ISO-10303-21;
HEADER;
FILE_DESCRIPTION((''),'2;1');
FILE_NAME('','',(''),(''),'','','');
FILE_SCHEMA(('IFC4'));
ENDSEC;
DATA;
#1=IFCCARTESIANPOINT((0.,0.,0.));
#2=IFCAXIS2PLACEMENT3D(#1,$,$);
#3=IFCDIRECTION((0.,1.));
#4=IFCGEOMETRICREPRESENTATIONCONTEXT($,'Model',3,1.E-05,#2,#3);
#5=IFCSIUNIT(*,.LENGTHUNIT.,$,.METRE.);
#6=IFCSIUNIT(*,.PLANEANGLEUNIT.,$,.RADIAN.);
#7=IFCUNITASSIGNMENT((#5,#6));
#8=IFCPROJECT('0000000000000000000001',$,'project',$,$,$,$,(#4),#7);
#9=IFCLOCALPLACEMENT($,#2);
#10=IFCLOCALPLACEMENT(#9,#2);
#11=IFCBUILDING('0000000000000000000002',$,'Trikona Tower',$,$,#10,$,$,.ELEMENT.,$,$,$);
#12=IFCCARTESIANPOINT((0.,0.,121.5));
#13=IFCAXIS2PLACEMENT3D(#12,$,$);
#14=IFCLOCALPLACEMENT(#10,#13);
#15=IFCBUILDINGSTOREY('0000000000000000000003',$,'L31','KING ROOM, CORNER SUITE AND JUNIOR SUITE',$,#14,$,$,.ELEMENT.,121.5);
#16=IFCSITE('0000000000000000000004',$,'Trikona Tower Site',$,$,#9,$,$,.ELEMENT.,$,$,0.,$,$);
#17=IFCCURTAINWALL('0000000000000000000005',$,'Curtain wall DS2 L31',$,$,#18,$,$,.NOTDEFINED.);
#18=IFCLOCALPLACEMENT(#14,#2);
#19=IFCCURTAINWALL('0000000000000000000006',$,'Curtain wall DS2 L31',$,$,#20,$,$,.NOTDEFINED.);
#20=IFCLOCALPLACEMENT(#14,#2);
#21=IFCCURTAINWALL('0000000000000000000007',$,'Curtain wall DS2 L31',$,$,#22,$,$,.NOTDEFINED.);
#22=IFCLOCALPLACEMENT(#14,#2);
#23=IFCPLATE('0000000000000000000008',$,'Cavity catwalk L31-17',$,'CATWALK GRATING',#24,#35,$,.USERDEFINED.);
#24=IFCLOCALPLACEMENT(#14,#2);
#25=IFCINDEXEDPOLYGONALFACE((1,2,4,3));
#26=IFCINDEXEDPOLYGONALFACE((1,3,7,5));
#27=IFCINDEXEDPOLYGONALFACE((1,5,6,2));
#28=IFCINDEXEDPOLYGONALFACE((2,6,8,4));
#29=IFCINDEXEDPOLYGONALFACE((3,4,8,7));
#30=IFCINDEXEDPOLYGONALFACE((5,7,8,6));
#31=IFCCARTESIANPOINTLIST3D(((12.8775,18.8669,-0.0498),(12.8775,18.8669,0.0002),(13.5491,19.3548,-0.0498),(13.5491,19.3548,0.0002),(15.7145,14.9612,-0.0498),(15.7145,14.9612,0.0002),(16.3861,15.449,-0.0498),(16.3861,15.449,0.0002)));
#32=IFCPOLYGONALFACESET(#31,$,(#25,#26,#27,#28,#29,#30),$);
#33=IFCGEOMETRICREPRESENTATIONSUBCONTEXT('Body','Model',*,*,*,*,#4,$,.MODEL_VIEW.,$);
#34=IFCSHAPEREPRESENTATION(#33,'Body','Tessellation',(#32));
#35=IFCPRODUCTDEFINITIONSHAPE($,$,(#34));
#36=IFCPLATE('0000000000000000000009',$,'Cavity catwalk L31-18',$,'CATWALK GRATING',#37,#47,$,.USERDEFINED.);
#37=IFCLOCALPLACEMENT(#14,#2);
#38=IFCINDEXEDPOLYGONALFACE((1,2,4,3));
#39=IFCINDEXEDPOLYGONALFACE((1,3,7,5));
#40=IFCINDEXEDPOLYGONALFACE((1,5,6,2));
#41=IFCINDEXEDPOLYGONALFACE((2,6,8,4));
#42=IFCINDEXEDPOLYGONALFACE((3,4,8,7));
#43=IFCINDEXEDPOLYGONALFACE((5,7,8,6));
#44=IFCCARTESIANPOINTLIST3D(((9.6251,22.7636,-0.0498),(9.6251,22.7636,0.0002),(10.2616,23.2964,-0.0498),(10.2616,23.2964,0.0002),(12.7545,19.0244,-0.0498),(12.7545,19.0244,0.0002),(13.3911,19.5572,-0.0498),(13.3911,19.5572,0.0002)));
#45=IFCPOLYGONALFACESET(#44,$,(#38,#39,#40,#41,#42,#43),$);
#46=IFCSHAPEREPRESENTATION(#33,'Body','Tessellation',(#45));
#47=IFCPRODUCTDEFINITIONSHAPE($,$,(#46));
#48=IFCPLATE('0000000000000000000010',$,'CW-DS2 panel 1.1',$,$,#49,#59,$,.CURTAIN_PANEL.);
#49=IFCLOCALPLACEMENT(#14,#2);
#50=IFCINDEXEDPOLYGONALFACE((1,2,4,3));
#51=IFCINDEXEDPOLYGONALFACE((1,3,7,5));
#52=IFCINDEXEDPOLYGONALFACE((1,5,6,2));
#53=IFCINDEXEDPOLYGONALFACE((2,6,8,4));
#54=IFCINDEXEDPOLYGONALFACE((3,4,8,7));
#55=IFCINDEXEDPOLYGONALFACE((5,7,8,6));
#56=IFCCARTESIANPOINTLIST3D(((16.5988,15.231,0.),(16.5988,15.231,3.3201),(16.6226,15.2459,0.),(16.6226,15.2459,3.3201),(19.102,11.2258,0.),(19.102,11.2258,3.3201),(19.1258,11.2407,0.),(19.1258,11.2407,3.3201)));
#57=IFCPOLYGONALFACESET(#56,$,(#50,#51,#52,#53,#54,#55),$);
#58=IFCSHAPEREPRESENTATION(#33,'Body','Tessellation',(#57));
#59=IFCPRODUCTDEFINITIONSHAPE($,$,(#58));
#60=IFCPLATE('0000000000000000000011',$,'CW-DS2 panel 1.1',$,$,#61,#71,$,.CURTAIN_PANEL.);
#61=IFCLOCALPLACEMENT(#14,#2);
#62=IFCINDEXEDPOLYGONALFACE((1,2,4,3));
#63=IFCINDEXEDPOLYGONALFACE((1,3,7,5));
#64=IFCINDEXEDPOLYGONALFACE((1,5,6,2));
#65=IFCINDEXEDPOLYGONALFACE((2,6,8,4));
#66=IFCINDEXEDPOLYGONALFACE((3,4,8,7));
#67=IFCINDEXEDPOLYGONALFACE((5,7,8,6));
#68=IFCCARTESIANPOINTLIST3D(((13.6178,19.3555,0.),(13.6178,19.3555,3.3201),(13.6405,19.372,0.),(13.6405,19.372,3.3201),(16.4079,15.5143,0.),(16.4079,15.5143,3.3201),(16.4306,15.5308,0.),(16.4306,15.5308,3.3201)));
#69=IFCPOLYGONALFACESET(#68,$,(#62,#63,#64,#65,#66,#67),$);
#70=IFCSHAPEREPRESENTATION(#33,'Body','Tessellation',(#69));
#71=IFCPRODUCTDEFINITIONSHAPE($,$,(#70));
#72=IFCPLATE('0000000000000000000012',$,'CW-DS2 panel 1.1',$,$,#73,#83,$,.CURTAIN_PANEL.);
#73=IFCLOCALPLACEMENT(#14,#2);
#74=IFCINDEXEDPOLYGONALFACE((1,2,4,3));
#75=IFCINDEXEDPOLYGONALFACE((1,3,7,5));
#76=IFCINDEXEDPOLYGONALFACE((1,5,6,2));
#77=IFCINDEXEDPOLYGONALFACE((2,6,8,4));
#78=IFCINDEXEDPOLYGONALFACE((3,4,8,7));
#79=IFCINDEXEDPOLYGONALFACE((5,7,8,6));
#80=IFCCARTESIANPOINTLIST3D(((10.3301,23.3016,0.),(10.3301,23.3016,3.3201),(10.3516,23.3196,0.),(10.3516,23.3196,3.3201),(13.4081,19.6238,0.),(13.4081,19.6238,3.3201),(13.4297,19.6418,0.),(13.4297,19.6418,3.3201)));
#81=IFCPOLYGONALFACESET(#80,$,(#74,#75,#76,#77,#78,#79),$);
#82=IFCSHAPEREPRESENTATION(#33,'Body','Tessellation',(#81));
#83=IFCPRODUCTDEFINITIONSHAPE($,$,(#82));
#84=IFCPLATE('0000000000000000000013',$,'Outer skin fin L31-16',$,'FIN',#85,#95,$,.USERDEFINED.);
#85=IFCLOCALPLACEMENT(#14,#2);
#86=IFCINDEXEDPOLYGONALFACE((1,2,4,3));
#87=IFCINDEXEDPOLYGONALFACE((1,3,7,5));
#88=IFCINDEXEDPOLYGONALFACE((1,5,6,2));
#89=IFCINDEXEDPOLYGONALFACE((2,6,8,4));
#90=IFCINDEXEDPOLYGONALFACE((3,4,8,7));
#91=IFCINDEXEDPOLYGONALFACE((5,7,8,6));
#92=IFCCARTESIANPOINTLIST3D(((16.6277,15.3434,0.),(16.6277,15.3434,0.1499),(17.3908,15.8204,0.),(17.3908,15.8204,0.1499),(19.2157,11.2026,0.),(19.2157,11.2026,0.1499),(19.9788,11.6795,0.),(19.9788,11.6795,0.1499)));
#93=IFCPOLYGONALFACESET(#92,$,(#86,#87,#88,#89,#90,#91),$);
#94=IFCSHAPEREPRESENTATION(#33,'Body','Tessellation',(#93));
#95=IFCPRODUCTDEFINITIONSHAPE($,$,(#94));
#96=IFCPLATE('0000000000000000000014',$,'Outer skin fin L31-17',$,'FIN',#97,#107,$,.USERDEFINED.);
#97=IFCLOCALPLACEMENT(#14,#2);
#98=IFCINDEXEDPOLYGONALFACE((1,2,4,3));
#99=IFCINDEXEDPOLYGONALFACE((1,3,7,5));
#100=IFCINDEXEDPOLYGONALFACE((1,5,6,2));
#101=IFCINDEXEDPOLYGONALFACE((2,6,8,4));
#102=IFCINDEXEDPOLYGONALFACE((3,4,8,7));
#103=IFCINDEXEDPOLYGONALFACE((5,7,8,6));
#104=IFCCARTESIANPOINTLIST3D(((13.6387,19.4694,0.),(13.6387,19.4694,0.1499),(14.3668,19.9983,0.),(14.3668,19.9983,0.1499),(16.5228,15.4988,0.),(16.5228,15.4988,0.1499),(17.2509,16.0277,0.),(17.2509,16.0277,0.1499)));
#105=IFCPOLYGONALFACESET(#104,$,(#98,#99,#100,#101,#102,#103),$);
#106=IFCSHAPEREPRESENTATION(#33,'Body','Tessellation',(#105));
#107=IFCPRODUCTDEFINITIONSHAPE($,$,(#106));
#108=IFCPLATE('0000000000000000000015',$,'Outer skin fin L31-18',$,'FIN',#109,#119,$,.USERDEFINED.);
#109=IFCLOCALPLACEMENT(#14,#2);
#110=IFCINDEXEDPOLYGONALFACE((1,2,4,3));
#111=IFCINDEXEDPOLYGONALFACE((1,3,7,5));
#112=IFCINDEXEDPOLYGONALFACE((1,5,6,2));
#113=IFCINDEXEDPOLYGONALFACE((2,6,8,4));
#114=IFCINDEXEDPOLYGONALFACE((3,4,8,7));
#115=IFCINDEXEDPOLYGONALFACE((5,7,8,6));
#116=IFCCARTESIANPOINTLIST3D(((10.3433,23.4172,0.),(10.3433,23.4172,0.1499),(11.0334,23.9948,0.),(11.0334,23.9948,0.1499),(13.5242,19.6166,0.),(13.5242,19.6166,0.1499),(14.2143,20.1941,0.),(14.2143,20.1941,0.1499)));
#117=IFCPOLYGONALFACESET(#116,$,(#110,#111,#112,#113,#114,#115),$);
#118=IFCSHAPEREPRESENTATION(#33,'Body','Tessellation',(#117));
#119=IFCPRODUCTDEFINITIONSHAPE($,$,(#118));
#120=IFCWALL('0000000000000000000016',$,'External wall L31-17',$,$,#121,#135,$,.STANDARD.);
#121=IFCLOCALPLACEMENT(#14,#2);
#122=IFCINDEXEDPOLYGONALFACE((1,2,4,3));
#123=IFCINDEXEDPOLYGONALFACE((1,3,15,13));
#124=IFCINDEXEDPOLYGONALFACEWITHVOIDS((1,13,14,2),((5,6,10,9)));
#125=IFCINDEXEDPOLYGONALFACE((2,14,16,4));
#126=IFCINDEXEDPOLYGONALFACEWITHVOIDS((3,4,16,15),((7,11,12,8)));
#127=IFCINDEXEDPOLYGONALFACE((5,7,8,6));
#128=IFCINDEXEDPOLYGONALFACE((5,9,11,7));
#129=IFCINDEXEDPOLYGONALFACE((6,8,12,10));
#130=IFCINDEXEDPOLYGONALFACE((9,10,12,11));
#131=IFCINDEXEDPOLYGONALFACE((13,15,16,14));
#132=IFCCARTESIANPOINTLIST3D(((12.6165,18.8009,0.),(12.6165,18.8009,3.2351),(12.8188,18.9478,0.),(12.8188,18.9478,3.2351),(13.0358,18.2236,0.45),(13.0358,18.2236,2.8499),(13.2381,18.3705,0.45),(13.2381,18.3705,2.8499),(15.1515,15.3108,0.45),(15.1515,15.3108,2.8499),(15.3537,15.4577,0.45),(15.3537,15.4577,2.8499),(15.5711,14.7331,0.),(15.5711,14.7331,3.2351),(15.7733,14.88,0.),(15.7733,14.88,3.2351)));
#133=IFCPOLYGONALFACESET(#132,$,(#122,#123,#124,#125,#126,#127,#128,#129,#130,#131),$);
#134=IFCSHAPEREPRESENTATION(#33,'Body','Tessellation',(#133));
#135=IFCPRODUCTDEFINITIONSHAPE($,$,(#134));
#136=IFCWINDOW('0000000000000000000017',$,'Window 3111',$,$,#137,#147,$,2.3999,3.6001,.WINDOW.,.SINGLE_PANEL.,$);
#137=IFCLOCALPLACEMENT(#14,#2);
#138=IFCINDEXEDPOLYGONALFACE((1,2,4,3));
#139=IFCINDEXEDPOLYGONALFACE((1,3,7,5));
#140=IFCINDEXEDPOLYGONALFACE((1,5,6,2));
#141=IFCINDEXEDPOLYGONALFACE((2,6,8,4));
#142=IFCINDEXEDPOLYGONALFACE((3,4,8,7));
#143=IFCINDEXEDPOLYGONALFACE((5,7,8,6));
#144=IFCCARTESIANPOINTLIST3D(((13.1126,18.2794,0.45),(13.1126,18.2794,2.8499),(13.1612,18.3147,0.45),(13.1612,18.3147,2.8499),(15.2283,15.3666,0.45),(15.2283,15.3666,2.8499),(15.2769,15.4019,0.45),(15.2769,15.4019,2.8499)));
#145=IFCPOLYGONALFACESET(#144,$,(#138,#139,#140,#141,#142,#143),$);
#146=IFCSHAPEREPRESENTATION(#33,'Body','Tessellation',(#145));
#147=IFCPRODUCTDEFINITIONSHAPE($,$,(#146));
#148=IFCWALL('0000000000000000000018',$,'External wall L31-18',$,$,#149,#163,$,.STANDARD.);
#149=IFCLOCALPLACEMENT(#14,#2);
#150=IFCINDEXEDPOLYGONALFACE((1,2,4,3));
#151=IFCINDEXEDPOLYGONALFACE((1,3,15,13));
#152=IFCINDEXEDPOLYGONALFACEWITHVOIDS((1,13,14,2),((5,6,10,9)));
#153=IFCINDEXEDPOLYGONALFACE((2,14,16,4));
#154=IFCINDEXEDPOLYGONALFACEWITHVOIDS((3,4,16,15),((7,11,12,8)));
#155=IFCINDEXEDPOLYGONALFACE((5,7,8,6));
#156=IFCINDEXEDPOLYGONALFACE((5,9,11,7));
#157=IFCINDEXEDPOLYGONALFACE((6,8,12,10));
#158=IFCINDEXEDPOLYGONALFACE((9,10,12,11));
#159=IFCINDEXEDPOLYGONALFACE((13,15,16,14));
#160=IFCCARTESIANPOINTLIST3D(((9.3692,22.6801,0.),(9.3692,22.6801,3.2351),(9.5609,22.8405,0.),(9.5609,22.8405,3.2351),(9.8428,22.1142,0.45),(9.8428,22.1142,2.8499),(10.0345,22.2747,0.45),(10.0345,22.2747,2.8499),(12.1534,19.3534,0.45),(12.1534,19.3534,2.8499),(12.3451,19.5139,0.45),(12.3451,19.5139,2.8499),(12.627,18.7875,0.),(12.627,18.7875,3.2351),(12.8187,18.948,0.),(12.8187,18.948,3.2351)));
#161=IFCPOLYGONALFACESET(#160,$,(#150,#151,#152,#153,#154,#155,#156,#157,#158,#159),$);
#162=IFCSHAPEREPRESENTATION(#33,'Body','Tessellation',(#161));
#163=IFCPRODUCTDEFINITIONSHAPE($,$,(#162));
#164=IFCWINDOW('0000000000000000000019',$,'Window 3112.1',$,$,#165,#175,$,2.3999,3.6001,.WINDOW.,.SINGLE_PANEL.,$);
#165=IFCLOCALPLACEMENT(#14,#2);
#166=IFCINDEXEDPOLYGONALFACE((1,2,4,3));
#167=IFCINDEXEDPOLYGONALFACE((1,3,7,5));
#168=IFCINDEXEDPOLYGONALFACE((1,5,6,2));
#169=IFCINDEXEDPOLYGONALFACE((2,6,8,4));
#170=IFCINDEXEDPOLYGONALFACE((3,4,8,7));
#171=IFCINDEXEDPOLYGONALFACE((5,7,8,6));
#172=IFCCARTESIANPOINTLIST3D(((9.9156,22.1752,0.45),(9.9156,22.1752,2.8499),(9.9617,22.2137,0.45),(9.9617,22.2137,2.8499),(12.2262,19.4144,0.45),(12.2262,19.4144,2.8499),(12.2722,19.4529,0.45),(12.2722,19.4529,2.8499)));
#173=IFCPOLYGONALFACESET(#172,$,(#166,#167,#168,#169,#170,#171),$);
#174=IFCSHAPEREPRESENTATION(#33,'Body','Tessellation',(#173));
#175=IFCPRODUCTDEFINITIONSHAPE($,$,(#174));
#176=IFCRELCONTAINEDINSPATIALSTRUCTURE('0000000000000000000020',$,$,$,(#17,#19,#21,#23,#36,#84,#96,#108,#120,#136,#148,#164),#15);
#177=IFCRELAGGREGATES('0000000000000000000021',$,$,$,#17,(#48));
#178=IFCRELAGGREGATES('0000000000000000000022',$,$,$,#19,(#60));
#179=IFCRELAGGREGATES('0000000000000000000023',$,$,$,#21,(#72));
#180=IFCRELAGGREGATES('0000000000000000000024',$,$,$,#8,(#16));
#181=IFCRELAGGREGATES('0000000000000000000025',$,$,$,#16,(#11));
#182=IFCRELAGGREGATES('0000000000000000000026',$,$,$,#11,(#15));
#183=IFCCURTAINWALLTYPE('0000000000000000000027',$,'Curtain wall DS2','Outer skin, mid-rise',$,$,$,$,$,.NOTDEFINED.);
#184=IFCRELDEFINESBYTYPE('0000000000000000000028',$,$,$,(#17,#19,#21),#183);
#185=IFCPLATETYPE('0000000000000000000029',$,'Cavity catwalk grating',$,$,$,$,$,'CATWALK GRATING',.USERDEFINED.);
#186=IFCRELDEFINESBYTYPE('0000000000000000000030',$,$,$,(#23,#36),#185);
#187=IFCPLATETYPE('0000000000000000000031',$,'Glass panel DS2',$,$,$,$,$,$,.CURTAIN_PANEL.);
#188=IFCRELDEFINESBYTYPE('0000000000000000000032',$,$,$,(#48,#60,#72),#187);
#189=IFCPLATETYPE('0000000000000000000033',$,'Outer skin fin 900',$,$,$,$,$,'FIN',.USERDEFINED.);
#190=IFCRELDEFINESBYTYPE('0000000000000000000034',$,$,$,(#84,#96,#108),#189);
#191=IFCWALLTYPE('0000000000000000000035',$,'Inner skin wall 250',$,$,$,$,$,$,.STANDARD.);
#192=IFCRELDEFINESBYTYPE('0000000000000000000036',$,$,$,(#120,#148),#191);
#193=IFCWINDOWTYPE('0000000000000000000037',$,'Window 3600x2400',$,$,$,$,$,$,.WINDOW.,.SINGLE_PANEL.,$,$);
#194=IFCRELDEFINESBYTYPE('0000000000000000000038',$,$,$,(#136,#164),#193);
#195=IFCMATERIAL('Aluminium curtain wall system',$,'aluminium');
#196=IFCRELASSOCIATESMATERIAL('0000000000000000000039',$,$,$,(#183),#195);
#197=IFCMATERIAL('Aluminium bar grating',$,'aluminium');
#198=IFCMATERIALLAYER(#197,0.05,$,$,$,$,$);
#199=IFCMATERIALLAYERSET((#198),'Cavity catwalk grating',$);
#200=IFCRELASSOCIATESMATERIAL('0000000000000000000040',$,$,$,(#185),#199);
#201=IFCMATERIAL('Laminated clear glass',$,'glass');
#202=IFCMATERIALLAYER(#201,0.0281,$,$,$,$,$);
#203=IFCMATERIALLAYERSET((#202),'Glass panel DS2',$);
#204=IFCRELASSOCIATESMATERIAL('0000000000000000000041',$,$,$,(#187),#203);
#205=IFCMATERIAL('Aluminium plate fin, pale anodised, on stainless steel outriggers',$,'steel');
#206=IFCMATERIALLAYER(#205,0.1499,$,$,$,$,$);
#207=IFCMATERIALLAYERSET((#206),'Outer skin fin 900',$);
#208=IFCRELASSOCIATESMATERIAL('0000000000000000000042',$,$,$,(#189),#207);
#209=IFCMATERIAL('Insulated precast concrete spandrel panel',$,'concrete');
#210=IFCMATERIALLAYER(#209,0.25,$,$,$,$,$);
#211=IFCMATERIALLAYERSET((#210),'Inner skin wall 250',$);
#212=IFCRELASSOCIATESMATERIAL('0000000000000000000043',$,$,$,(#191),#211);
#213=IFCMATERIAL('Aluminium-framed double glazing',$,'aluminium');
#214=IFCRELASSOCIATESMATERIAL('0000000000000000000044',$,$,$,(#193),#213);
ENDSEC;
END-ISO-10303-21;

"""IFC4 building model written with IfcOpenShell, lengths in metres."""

from ifc_helpers import new_model, si_unit, direction, frame, frame_2d, origin, origin_2d, place, context, subcontext, project, spatial, rectangle, extrude, material, layer, layer_set, type_object, element, fill, aggregate, save


model = new_model("IFC4")

# Units and contexts
model_context = context("Model", 3, precision=1e-05, world=origin(), true_north=direction((0.0, 1.0)))
body_context = subcontext(model_context, "Body", "Model", "MODEL_VIEW")
ifc_project = project(units=[si_unit("LENGTHUNIT", "METRE"), si_unit("PLANEANGLEUNIT", "RADIAN")], contexts=[model_context])

# Site, building, storey
site_placement = place(None, origin())
site = spatial("IfcSite", under=ifc_project, at=site_placement, Name="Trikona Tower Site", CompositionType="ELEMENT", RefElevation=0.0)
building_placement = place(site_placement, origin())
building = spatial("IfcBuilding", under=site, at=building_placement, Name="Trikona Tower", CompositionType="ELEMENT")
storey_placement = place(building_placement, frame((0.0, 0.0, 121.5)))
storey = spatial("IfcBuildingStorey", under=building, at=storey_placement, Name="L31", Description="KING ROOM, CORNER SUITE AND JUNIOR SUITE", CompositionType="ELEMENT", Elevation=121.5)

# Curtain wall
ifc_material_1 = material(Name="Aluminium curtain wall system", Category="aluminium")
curtain_wall_type = type_object("IfcCurtainWallType", Name="Curtain wall DS2", Description="Outer skin, mid-rise", PredefinedType="NOTDEFINED", material=ifc_material_1)
curtain_wall_1_placement = place(storey_placement, origin())
curtain_wall_1 = element("IfcCurtainWall", 1, at=curtain_wall_1_placement, inside=storey, type_object=curtain_wall_type, Name="Curtain wall DS2 L31", PredefinedType="NOTDEFINED")

# Curtain walls
curtain_wall_2_placement = place(storey_placement, origin())
curtain_wall_2 = element("IfcCurtainWall", 2, at=curtain_wall_2_placement, inside=storey, type_object=curtain_wall_type, Name="Curtain wall DS2 L31", PredefinedType="NOTDEFINED")
curtain_wall_3_placement = place(storey_placement, origin())
curtain_wall_3 = element("IfcCurtainWall", 3, at=curtain_wall_3_placement, inside=storey, type_object=curtain_wall_type, Name="Curtain wall DS2 L31", PredefinedType="NOTDEFINED")

# Plates
ifc_material_2 = material(Name="Aluminium bar grating", Category="aluminium")
ifc_layer_1 = layer(ifc_material_2, 0.05)
ifc_layer_set_1 = layer_set([ifc_layer_1], Name="Cavity catwalk grating")
plate_type_1 = type_object("IfcPlateType", Name="Cavity catwalk grating", ElementType="CATWALK GRATING", PredefinedType="USERDEFINED", material=ifc_layer_set_1)
plate_1_placement = place(storey_placement, frame((14.6318, 17.158, -0.0498), z_axis=(0.0, 0.0, 1.0), x_axis=(-0.587686, 0.809089, 0.0)))
element("IfcPlate", 4, at=plate_1_placement, inside=storey, type_object=plate_type_1, Name="Cavity catwalk L31-17", ObjectType="CATWALK GRATING", PredefinedType="USERDEFINED", context=body_context, shape_type="SweptSolid", body=[
    extrude(rectangle(XDim=4.8274, YDim=0.8301, at=origin_2d()), origin(), (0.0, 0.0, 1.0), 0.05),
])
plate_2_placement = place(storey_placement, frame((11.5081, 21.1604, -0.0498), z_axis=(0.0, 0.0, 1.0), x_axis=(-0.641807, 0.766866, 0.0)))
element("IfcPlate", 5, at=plate_2_placement, inside=storey, type_object=plate_type_1, Name="Cavity catwalk L31-18", ObjectType="CATWALK GRATING", PredefinedType="USERDEFINED", context=body_context, shape_type="SweptSolid", body=[
    extrude(rectangle(XDim=4.876, YDim=0.8301, at=origin_2d()), origin(), (0.0, 0.0, 1.0), 0.05),
])

# Plates
ifc_material_3 = material(Name="Laminated clear glass", Category="glass")
ifc_layer_2 = layer(ifc_material_3, 0.0281)
ifc_layer_set_2 = layer_set([ifc_layer_2], Name="Glass panel DS2")
plate_type_2 = type_object("IfcPlateType", Name="Glass panel DS2", PredefinedType="CURTAIN_PANEL", material=ifc_layer_set_2)
plate_3_placement = place(storey_placement, frame((17.8623, 13.2358, 0.0), z_axis=(0.0, 0.0, 1.0), x_axis=(-0.529999, 0.847998, 0.0)))
plate_3 = element("IfcPlate", 6, at=plate_3_placement, type_object=plate_type_2, Name="CW-DS2 panel 1.1", PredefinedType="CURTAIN_PANEL", context=body_context, shape_type="SweptSolid", body=[
    extrude(rectangle(XDim=4.7231, YDim=0.0281, at=origin_2d()), origin(), (0.0, 0.0, 1.0), 3.3201),
])
aggregate(curtain_wall_1, [plate_3])
plate_4_placement = place(storey_placement, frame((15.0242, 17.4431, 0.0), z_axis=(0.0, 0.0, 1.0), x_axis=(-0.587691, 0.809086, 0.0)))
plate_4 = element("IfcPlate", 7, at=plate_4_placement, type_object=plate_type_2, Name="CW-DS2 panel 1.1", PredefinedType="CURTAIN_PANEL", context=body_context, shape_type="SweptSolid", body=[
    extrude(rectangle(XDim=4.7476, YDim=0.0281, at=origin_2d()), origin(), (0.0, 0.0, 1.0), 3.3201),
])
aggregate(curtain_wall_2, [plate_4])
plate_5_placement = place(storey_placement, frame((11.8799, 21.4717, 0.0), z_axis=(0.0, 0.0, 1.0), x_axis=(-0.641806, 0.766867, 0.0)))
plate_5 = element("IfcPlate", 8, at=plate_5_placement, type_object=plate_type_2, Name="CW-DS2 panel 1.1", PredefinedType="CURTAIN_PANEL", context=body_context, shape_type="SweptSolid", body=[
    extrude(rectangle(XDim=4.7959, YDim=0.0281, at=origin_2d()), origin(), (0.0, 0.0, 1.0), 3.3201),
])
aggregate(curtain_wall_3, [plate_5])

# Plates
ifc_material_4 = material(Name="Aluminium plate fin, pale anodised, on stainless steel outriggers", Category="steel")
ifc_layer_3 = layer(ifc_material_4, 0.1499)
ifc_layer_set_3 = layer_set([ifc_layer_3], Name="Outer skin fin 900")
plate_type_3 = type_object("IfcPlateType", Name="Outer skin fin 900", ElementType="FIN", PredefinedType="USERDEFINED", material=ifc_layer_set_3)
plate_6_placement = place(storey_placement, frame((18.3032, 13.5115, 0.0), z_axis=(0.0, 0.0, 1.0), x_axis=(-0.529995, 0.848001, 0.0)))
element("IfcPlate", 9, at=plate_6_placement, inside=storey, type_object=plate_type_3, Name="Outer skin fin L31-16", ObjectType="FIN", PredefinedType="USERDEFINED", context=body_context, shape_type="SweptSolid", body=[
    extrude(rectangle(XDim=4.8831, YDim=0.8999, at=origin_2d()), origin(), (0.0, 0.0, 1.0), 0.1499),
])
plate_7_placement = place(storey_placement, frame((15.4448, 17.7485, 0.0), z_axis=(0.0, 0.0, 1.0), x_axis=(-0.587686, 0.809089, 0.0)))
element("IfcPlate", 10, at=plate_7_placement, inside=storey, type_object=plate_type_3, Name="Outer skin fin L31-17", ObjectType="FIN", PredefinedType="USERDEFINED", context=body_context, shape_type="SweptSolid", body=[
    extrude(rectangle(XDim=4.9075, YDim=0.8999, at=origin_2d()), origin(), (0.0, 0.0, 1.0), 0.1499),
])
plate_8_placement = place(storey_placement, frame((12.2788, 21.8057, 0.0), z_axis=(0.0, 0.0, 1.0), x_axis=(-0.641807, 0.766866, 0.0)))
element("IfcPlate", 11, at=plate_8_placement, inside=storey, type_object=plate_type_3, Name="Outer skin fin L31-18", ObjectType="FIN", PredefinedType="USERDEFINED", context=body_context, shape_type="SweptSolid", body=[
    extrude(rectangle(XDim=4.9561, YDim=0.8999, at=origin_2d()), origin(), (0.0, 0.0, 1.0), 0.1499),
])

# Walls, openings, windows
ifc_material_5 = material(Name="Insulated precast concrete spandrel panel", Category="concrete")
ifc_layer_4 = layer(ifc_material_5, 0.25)
ifc_layer_set_4 = layer_set([ifc_layer_4], Name="Inner skin wall 250")
wall_type = type_object("IfcWallType", Name="Inner skin wall 250", PredefinedType="STANDARD", material=ifc_layer_set_4)
wall_1_placement = place(storey_placement, frame((15.6721, 14.8066, 0.0), z_axis=(0.0, 0.0, 1.0), x_axis=(-0.587669, 0.809101, 0.0)))
wall_1 = element("IfcWall", 12, at=wall_1_placement, inside=storey, type_object=wall_type, Name="External wall L31-17", PredefinedType="STANDARD", context=body_context, shape_type="SweptSolid", body=[
    extrude(rectangle(XDim=5.0276, YDim=0.25, at=frame_2d((2.5137, 0.0))), origin(), (0.0, 0.0, 1.0), 3.2351),
])
opening_1_placement = place(wall_1_placement, frame((0.7139, 0.0, 0.45)))
opening_1 = element("IfcOpeningElement", 13, at=opening_1_placement, cuts=wall_1, PredefinedType="OPENING", context=body_context, shape_type="SweptSolid", body=[
    extrude(rectangle(XDim=3.6001, YDim=2.3999, at=frame_2d((1.8, 1.2))), frame((0.0, 0.135, 0.0), z_axis=(0.0, -1.0, 0.0), x_axis=(1.0, 0.0, 0.0)), (0.0, 0.0, 1.0), 0.27),
])
ifc_material_6 = material(Name="Aluminium-framed double glazing", Category="aluminium")
window_type = type_object("IfcWindowType", Name="Window 3600x2400", PartitioningType="SINGLE_PANEL", PredefinedType="WINDOW", material=ifc_material_6)
window_1_placement = place(opening_1_placement, origin())
window_1 = element("IfcWindow", 14, at=window_1_placement, inside=storey, type_object=window_type, Name="Window 3111", OverallHeight=2.3999, OverallWidth=3.6001, PartitioningType="SINGLE_PANEL", PredefinedType="WINDOW", context=body_context, shape_type="SweptSolid", body=[
    extrude(rectangle(XDim=3.6001, YDim=2.3999, at=frame_2d((1.8, 1.2))), frame((0.0, 0.03, 0.0), z_axis=(0.0, -1.0, 0.0), x_axis=(1.0, 0.0, 0.0)), (0.0, 0.0, 1.0), 0.0601),
])
fill(opening_1, window_1)
wall_2_placement = place(storey_placement, frame((12.7229, 18.8677, 0.0), z_axis=(0.0, 0.0, 1.0), x_axis=(-0.64181, 0.766863, 0.0)))
wall_2 = element("IfcWall", 15, at=wall_2_placement, inside=storey, type_object=wall_type, Name="External wall L31-18", PredefinedType="STANDARD", context=body_context, shape_type="SweptSolid", body=[
    extrude(rectangle(XDim=5.0759, YDim=0.25, at=frame_2d((2.5381, 0.0))), origin(), (0.0, 0.0, 1.0), 3.2351),
])
opening_2_placement = place(wall_2_placement, frame((0.738, 0.0, 0.45)))
opening_2 = element("IfcOpeningElement", 16, at=opening_2_placement, cuts=wall_2, PredefinedType="OPENING", context=body_context, shape_type="SweptSolid", body=[
    extrude(rectangle(XDim=3.6001, YDim=2.3999, at=frame_2d((1.8, 1.2))), frame((0.0, 0.135, 0.0), z_axis=(0.0, -1.0, 0.0), x_axis=(1.0, 0.0, 0.0)), (0.0, 0.0, 1.0), 0.27),
])
window_2_placement = place(opening_2_placement, origin())
window_2 = element("IfcWindow", 17, at=window_2_placement, inside=storey, type_object=window_type, Name="Window 3112.1", OverallHeight=2.3999, OverallWidth=3.6001, PartitioningType="SINGLE_PANEL", PredefinedType="WINDOW", context=body_context, shape_type="SweptSolid", body=[
    extrude(rectangle(XDim=3.6001, YDim=2.3999, at=frame_2d((1.8, 1.2))), frame((0.0, 0.03, 0.0), z_axis=(0.0, -1.0, 0.0), x_axis=(1.0, 0.0, 0.0)), (0.0, 0.0, 1.0), 0.0601),
])
fill(opening_2, window_2)

save(model, "model.ifc")
